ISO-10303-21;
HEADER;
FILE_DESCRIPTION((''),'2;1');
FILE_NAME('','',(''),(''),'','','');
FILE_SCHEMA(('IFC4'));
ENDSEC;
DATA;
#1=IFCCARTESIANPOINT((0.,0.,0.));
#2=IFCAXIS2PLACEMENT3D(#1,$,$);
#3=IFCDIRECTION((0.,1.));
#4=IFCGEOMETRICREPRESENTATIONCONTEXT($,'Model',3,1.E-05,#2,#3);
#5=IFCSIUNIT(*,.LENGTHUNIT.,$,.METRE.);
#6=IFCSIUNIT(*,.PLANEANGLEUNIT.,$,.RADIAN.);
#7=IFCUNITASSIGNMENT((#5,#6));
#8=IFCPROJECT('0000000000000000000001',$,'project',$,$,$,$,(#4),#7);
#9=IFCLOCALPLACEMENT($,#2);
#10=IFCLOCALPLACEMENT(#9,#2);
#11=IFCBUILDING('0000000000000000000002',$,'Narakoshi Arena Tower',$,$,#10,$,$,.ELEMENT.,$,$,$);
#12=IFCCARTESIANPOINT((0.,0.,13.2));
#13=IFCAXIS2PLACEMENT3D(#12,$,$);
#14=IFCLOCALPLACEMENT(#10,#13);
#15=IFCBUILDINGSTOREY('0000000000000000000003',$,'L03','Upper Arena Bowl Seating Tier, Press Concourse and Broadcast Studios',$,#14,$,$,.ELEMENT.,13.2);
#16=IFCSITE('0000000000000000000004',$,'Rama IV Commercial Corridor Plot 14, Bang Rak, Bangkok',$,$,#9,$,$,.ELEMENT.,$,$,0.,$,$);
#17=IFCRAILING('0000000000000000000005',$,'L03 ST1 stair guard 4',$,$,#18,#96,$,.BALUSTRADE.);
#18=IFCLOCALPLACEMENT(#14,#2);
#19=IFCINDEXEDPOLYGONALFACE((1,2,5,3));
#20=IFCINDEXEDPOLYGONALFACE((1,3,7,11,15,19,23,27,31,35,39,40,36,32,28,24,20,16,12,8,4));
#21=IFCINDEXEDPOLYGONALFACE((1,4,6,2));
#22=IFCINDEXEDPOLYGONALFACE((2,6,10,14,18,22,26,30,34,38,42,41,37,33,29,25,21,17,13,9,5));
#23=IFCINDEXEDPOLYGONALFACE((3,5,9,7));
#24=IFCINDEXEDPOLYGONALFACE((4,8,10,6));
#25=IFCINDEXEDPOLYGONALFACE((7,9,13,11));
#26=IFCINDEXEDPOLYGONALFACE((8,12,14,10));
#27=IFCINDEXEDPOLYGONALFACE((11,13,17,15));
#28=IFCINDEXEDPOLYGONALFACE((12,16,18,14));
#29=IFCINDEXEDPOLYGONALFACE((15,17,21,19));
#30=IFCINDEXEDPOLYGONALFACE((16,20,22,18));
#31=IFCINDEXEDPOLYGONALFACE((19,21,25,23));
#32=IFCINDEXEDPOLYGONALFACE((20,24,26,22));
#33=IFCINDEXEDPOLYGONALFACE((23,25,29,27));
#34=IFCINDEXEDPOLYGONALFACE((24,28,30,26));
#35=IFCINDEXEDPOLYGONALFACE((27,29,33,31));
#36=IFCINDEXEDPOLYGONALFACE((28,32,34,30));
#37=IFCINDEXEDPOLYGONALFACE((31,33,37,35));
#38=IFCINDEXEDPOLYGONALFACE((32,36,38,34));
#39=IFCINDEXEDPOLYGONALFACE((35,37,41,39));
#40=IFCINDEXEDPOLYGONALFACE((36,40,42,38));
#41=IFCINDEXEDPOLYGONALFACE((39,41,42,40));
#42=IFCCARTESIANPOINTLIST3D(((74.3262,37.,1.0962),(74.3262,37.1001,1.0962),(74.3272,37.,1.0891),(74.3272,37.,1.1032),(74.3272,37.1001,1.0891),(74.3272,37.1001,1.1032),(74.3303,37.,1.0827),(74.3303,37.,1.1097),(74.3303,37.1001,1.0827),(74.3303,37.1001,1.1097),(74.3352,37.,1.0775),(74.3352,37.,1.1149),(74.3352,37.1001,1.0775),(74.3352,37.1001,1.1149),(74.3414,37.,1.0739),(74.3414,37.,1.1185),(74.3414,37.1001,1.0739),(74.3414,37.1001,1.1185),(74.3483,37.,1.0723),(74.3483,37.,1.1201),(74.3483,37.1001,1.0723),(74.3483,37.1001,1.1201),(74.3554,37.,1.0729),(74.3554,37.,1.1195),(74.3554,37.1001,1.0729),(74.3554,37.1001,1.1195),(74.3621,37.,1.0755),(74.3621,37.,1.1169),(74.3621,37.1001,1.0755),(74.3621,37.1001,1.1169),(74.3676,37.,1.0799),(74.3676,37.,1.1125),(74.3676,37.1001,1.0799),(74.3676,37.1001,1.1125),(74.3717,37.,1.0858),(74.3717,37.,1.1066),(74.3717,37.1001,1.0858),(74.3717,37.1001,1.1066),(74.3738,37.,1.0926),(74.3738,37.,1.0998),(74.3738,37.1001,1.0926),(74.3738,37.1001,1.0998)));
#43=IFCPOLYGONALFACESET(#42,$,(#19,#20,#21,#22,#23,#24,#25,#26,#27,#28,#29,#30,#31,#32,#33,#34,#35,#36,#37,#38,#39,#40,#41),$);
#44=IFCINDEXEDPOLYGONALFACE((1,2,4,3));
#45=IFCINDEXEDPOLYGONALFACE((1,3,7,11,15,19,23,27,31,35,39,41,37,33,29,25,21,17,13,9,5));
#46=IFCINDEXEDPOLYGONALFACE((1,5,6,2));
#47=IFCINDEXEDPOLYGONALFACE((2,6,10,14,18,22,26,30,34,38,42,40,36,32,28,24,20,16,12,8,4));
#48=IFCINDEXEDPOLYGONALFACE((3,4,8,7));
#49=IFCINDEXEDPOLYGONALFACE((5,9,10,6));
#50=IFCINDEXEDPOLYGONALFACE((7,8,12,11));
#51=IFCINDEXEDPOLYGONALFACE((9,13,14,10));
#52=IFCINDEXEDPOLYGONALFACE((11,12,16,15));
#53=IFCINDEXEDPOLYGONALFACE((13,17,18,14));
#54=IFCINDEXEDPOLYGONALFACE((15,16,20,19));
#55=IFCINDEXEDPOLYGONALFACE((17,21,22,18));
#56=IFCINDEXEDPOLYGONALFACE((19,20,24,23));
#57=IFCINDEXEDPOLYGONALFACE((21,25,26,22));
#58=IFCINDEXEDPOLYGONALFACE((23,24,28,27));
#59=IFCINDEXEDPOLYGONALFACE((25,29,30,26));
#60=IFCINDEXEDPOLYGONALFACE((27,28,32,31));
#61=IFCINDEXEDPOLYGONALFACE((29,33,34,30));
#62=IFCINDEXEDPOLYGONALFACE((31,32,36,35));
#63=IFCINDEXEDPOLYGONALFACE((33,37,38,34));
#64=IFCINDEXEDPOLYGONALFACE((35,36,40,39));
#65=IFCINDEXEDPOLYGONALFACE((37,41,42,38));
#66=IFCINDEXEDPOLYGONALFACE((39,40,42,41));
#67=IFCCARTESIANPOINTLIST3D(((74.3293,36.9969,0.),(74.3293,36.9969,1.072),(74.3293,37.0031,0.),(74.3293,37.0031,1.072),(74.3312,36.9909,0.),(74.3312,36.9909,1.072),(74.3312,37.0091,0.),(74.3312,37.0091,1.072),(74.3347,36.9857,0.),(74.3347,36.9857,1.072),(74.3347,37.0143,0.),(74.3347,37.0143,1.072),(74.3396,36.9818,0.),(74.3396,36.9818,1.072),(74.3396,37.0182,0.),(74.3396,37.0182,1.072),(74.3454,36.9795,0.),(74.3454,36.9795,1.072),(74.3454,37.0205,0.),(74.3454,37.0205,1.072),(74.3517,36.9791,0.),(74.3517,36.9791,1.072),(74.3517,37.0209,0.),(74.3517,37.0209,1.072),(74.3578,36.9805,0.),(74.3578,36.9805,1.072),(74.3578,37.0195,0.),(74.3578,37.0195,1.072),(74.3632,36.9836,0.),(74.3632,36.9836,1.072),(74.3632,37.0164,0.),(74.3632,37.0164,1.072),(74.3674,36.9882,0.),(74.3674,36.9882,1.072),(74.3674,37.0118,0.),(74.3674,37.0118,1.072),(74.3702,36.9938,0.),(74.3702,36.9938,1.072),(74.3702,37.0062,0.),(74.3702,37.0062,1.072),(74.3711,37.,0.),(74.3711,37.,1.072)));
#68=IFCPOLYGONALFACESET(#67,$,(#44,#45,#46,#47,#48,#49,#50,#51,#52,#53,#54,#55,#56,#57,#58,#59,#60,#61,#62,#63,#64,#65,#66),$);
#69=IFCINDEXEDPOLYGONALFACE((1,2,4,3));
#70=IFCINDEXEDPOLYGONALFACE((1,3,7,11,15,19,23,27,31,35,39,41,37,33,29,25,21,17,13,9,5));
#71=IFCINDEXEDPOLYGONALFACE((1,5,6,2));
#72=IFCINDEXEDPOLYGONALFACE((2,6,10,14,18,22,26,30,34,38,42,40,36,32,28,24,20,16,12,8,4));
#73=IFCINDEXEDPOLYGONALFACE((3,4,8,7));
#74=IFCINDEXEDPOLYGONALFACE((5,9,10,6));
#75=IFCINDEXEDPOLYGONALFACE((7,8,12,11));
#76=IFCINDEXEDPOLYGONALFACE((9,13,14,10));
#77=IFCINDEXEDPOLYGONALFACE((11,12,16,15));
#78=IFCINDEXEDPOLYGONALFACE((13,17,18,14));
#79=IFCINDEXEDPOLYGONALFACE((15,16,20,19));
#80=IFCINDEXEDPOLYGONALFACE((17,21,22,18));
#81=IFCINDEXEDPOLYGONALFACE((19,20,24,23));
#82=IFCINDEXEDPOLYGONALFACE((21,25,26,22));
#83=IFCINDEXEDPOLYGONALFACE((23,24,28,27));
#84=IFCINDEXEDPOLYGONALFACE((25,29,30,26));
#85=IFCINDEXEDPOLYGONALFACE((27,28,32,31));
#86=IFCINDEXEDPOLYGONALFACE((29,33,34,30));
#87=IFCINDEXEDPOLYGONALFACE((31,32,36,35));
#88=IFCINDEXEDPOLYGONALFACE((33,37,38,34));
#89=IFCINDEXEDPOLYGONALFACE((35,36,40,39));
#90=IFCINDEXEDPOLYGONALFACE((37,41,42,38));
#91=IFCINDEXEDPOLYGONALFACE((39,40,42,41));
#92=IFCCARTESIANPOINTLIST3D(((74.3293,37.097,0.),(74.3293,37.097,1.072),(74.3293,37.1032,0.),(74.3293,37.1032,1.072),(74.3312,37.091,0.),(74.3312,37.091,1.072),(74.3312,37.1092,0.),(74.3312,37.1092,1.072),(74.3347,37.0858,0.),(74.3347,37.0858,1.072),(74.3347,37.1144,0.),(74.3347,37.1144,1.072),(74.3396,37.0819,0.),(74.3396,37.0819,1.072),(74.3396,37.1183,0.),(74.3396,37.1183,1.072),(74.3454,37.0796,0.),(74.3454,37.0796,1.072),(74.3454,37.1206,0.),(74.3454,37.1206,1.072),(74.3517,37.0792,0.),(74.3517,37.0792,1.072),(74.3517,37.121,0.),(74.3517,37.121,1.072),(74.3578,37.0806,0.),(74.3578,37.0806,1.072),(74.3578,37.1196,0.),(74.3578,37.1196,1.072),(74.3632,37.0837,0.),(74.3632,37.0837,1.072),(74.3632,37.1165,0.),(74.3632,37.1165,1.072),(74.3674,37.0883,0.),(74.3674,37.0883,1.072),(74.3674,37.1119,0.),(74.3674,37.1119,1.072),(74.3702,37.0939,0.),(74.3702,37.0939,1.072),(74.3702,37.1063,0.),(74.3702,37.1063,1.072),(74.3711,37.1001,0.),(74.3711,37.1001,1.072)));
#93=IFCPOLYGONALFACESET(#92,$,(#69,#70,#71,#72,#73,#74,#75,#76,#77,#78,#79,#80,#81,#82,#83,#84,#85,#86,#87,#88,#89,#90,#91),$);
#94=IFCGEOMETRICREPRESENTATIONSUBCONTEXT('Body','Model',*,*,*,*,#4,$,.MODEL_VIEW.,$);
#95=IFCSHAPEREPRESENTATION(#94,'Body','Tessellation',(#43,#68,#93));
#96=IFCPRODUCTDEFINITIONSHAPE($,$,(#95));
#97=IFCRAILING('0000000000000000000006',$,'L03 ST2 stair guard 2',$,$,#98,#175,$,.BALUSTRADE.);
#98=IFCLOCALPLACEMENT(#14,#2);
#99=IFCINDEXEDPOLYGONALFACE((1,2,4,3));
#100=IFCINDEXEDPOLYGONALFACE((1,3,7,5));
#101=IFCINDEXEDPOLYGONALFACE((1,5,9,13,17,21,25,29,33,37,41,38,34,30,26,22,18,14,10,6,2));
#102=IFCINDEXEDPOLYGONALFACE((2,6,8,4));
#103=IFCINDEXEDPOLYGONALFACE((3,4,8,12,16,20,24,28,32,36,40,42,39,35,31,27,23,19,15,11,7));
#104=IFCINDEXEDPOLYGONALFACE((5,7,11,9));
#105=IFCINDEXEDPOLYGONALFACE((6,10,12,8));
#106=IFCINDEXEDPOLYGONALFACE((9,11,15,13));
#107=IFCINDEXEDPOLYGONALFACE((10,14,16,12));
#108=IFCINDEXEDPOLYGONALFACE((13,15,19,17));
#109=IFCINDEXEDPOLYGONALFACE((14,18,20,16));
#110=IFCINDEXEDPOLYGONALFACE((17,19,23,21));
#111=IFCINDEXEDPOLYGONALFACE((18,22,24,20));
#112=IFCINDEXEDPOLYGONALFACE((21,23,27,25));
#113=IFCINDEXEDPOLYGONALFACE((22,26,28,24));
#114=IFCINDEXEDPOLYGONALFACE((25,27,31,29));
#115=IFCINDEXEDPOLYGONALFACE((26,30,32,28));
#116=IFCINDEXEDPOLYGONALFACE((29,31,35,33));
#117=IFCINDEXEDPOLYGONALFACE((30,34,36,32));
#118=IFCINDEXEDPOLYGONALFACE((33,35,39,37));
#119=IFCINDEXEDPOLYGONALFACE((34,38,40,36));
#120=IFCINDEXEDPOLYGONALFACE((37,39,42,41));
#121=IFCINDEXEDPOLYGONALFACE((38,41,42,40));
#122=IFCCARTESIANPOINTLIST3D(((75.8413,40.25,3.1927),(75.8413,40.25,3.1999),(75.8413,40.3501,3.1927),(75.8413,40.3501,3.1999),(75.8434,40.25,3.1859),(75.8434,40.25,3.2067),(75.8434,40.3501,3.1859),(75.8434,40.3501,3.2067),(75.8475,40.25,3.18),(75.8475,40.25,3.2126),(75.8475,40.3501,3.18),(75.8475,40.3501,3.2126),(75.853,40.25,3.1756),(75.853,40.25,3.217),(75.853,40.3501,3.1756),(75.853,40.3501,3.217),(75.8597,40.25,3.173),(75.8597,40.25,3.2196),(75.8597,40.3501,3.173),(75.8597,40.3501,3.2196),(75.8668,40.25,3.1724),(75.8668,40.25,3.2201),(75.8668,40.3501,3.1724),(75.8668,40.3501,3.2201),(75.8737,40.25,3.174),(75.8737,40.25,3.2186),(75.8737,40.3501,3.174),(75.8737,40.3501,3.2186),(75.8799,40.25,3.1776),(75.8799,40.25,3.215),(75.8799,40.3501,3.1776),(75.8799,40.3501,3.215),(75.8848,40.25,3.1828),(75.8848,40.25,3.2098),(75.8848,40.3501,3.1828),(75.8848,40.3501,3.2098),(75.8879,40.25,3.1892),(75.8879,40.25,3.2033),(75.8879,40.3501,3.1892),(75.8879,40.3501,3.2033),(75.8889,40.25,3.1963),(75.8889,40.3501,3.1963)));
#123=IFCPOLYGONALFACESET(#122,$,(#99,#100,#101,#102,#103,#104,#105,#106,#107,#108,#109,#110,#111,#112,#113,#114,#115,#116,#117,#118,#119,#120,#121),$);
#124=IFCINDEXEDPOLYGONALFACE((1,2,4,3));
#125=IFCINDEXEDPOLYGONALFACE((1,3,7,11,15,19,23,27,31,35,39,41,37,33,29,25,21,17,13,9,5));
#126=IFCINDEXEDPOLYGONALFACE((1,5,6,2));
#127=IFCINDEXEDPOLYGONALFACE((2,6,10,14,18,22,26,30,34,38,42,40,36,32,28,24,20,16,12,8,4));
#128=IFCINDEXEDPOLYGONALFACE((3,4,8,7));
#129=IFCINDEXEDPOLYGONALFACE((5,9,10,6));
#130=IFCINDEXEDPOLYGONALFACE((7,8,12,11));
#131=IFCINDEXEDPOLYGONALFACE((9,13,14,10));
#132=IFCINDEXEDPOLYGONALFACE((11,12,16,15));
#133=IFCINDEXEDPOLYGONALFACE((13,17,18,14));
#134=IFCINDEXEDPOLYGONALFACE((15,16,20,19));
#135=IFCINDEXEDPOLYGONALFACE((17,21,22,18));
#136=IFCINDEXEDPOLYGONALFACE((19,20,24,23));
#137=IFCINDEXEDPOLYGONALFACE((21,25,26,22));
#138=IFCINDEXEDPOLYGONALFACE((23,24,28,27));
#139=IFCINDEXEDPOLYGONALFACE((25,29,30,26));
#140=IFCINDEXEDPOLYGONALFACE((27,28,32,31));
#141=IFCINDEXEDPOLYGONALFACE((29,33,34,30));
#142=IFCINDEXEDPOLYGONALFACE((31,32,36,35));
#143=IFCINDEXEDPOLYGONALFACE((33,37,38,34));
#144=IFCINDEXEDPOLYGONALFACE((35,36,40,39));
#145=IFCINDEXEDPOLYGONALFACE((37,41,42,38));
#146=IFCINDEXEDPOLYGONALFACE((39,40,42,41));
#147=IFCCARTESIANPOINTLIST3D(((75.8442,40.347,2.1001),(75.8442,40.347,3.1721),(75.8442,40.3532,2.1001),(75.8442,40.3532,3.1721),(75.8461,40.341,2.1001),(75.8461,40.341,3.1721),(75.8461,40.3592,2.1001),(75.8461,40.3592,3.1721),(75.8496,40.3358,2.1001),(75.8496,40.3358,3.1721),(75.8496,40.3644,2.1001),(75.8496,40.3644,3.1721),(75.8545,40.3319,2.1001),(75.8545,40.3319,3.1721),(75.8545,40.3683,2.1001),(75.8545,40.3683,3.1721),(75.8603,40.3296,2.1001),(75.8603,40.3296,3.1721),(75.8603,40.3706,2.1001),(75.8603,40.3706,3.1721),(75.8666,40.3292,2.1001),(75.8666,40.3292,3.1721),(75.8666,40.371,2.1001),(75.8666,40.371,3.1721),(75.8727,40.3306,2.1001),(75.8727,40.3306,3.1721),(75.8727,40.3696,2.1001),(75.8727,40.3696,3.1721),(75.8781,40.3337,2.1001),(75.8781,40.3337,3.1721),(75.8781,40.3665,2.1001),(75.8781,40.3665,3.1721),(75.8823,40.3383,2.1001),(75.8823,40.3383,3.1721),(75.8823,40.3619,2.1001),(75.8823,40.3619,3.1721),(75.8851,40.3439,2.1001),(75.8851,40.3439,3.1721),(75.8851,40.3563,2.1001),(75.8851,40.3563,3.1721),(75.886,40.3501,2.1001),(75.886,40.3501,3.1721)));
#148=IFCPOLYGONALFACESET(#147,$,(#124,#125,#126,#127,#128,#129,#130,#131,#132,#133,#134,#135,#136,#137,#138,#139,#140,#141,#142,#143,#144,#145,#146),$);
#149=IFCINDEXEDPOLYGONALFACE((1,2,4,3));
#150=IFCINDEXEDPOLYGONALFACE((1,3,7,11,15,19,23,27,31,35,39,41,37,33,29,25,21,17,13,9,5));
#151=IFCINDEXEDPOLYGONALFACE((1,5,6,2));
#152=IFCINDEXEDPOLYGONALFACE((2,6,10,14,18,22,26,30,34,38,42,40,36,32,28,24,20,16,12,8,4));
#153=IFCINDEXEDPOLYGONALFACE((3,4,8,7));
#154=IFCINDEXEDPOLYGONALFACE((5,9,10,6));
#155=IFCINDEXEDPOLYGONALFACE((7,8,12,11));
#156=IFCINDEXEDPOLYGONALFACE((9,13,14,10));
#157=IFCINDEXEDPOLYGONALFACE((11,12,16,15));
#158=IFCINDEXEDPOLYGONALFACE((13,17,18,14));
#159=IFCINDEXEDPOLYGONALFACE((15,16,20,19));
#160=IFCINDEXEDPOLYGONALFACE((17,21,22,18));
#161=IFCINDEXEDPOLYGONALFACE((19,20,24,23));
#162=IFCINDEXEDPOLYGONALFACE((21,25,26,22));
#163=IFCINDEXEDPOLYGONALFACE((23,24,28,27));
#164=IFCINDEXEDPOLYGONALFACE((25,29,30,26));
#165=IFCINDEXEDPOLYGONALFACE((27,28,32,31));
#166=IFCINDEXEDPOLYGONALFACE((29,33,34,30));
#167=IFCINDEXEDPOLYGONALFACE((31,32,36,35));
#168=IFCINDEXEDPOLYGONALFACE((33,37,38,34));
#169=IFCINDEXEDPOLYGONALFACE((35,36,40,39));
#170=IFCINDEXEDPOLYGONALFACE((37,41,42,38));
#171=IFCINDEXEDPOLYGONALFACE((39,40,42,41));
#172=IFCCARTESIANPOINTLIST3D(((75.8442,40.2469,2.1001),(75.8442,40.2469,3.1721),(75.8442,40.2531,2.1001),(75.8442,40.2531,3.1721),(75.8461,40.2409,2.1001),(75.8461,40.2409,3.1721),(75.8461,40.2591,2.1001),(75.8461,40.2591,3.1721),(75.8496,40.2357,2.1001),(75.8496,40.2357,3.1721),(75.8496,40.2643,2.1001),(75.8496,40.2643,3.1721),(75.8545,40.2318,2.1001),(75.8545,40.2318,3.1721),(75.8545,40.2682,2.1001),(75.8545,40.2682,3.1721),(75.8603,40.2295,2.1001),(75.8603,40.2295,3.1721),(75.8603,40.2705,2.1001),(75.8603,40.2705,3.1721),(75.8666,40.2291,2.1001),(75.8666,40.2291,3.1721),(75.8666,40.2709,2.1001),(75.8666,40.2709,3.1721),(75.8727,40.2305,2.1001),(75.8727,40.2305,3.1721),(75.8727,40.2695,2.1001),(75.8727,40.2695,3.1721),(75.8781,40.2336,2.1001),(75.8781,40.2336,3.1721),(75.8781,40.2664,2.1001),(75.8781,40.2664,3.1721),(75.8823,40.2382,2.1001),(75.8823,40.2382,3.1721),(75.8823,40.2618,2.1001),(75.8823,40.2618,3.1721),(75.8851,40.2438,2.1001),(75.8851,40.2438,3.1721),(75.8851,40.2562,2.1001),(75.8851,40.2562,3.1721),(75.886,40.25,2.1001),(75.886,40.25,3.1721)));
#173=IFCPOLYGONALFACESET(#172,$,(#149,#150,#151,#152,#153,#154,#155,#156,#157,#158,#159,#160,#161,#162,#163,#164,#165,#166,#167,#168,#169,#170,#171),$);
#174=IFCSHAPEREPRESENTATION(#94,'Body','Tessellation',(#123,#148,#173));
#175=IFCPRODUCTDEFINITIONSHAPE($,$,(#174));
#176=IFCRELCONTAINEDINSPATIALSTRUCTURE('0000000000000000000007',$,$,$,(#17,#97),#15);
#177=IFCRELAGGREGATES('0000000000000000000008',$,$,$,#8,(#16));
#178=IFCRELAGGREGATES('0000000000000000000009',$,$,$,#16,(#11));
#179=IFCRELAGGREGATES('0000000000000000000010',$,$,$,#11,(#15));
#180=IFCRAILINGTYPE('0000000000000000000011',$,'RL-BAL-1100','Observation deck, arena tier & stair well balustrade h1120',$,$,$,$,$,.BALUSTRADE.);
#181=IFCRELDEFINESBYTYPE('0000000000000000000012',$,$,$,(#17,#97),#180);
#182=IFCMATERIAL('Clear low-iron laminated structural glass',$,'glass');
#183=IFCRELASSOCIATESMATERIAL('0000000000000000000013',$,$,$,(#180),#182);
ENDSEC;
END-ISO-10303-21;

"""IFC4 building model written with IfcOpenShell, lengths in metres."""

from ifc_helpers import new_model, si_unit, direction, frame, origin, origin_2d, place, context, subcontext, project, spatial, circle, extrude, material, type_object, element, save


model = new_model("IFC4")

# Units and contexts
model_context = context("Model", 3, precision=1e-05, world=origin(), true_north=direction((0.0, 1.0)))
body_context = subcontext(model_context, "Body", "Model", "MODEL_VIEW")
ifc_project = project(units=[si_unit("LENGTHUNIT", "METRE"), si_unit("PLANEANGLEUNIT", "RADIAN")], contexts=[model_context])

# Site, building, storey
site_placement = place(None, origin())
site = spatial("IfcSite", under=ifc_project, at=site_placement, Name="Rama IV Commercial Corridor Plot 14, Bang Rak, Bangkok", CompositionType="ELEMENT", RefElevation=0.0)
building_placement = place(site_placement, origin())
building = spatial("IfcBuilding", under=site, at=building_placement, Name="Narakoshi Arena Tower", CompositionType="ELEMENT")
storey_placement = place(building_placement, frame((0.0, 0.0, 13.2)))
storey = spatial("IfcBuildingStorey", under=building, at=storey_placement, Name="L03", Description="Upper Arena Bowl Seating Tier, Press Concourse and Broadcast Studios", CompositionType="ELEMENT", Elevation=13.2)

# Railings
ifc_material_1 = material(Name="Clear low-iron laminated structural glass", Category="glass")
railing_type_1 = type_object("IfcRailingType", Name="RL-BAL-1100", Description="Observation deck, arena tier & stair well balustrade h1120", PredefinedType="BALUSTRADE", material=ifc_material_1)
railing_1_placement = place(storey_placement, frame((74.3501, 37.0, 0.0)))
element("IfcRailing", 1, at=railing_1_placement, inside=storey, type_object=railing_type_1, Name="L03 ST1 stair guard 4", PredefinedType="BALUSTRADE", context=body_context, shape_type="SweptSolid", body=[
    extrude(circle(Radius=0.0239, at=origin_2d()), frame((0.0, 0.0, 1.0962), z_axis=(0.0, 1.0, 0.0), x_axis=(-1.0, 0.0, 0.0)), (0.0, 0.0, 1.0), 0.1001),
    extrude(circle(Radius=0.021, at=origin_2d()), origin(), (0.0, 0.0, 1.0), 1.072),
    extrude(circle(Radius=0.021, at=origin_2d()), frame((0.0, 0.1001, 0.0)), (0.0, 0.0, 1.0), 1.072),
])
railing_2_placement = place(storey_placement, frame((75.865, 40.3501, 2.1001)))
element("IfcRailing", 2, at=railing_2_placement, inside=storey, type_object=railing_type_1, Name="L03 ST2 stair guard 2", PredefinedType="BALUSTRADE", context=body_context, shape_type="SweptSolid", body=[
    extrude(circle(Radius=0.0239, at=origin_2d()), frame((0.0, 0.0, 1.0962), z_axis=(0.0, -1.0, 0.0), x_axis=(1.0, 0.0, 0.0)), (0.0, 0.0, 1.0), 0.1001),
    extrude(circle(Radius=0.021, at=origin_2d()), origin(), (0.0, 0.0, 1.0), 1.072),
    extrude(circle(Radius=0.021, at=origin_2d()), frame((0.0, -0.1001, 0.0)), (0.0, 0.0, 1.0), 1.072),
])

save(model, "model.ifc")
